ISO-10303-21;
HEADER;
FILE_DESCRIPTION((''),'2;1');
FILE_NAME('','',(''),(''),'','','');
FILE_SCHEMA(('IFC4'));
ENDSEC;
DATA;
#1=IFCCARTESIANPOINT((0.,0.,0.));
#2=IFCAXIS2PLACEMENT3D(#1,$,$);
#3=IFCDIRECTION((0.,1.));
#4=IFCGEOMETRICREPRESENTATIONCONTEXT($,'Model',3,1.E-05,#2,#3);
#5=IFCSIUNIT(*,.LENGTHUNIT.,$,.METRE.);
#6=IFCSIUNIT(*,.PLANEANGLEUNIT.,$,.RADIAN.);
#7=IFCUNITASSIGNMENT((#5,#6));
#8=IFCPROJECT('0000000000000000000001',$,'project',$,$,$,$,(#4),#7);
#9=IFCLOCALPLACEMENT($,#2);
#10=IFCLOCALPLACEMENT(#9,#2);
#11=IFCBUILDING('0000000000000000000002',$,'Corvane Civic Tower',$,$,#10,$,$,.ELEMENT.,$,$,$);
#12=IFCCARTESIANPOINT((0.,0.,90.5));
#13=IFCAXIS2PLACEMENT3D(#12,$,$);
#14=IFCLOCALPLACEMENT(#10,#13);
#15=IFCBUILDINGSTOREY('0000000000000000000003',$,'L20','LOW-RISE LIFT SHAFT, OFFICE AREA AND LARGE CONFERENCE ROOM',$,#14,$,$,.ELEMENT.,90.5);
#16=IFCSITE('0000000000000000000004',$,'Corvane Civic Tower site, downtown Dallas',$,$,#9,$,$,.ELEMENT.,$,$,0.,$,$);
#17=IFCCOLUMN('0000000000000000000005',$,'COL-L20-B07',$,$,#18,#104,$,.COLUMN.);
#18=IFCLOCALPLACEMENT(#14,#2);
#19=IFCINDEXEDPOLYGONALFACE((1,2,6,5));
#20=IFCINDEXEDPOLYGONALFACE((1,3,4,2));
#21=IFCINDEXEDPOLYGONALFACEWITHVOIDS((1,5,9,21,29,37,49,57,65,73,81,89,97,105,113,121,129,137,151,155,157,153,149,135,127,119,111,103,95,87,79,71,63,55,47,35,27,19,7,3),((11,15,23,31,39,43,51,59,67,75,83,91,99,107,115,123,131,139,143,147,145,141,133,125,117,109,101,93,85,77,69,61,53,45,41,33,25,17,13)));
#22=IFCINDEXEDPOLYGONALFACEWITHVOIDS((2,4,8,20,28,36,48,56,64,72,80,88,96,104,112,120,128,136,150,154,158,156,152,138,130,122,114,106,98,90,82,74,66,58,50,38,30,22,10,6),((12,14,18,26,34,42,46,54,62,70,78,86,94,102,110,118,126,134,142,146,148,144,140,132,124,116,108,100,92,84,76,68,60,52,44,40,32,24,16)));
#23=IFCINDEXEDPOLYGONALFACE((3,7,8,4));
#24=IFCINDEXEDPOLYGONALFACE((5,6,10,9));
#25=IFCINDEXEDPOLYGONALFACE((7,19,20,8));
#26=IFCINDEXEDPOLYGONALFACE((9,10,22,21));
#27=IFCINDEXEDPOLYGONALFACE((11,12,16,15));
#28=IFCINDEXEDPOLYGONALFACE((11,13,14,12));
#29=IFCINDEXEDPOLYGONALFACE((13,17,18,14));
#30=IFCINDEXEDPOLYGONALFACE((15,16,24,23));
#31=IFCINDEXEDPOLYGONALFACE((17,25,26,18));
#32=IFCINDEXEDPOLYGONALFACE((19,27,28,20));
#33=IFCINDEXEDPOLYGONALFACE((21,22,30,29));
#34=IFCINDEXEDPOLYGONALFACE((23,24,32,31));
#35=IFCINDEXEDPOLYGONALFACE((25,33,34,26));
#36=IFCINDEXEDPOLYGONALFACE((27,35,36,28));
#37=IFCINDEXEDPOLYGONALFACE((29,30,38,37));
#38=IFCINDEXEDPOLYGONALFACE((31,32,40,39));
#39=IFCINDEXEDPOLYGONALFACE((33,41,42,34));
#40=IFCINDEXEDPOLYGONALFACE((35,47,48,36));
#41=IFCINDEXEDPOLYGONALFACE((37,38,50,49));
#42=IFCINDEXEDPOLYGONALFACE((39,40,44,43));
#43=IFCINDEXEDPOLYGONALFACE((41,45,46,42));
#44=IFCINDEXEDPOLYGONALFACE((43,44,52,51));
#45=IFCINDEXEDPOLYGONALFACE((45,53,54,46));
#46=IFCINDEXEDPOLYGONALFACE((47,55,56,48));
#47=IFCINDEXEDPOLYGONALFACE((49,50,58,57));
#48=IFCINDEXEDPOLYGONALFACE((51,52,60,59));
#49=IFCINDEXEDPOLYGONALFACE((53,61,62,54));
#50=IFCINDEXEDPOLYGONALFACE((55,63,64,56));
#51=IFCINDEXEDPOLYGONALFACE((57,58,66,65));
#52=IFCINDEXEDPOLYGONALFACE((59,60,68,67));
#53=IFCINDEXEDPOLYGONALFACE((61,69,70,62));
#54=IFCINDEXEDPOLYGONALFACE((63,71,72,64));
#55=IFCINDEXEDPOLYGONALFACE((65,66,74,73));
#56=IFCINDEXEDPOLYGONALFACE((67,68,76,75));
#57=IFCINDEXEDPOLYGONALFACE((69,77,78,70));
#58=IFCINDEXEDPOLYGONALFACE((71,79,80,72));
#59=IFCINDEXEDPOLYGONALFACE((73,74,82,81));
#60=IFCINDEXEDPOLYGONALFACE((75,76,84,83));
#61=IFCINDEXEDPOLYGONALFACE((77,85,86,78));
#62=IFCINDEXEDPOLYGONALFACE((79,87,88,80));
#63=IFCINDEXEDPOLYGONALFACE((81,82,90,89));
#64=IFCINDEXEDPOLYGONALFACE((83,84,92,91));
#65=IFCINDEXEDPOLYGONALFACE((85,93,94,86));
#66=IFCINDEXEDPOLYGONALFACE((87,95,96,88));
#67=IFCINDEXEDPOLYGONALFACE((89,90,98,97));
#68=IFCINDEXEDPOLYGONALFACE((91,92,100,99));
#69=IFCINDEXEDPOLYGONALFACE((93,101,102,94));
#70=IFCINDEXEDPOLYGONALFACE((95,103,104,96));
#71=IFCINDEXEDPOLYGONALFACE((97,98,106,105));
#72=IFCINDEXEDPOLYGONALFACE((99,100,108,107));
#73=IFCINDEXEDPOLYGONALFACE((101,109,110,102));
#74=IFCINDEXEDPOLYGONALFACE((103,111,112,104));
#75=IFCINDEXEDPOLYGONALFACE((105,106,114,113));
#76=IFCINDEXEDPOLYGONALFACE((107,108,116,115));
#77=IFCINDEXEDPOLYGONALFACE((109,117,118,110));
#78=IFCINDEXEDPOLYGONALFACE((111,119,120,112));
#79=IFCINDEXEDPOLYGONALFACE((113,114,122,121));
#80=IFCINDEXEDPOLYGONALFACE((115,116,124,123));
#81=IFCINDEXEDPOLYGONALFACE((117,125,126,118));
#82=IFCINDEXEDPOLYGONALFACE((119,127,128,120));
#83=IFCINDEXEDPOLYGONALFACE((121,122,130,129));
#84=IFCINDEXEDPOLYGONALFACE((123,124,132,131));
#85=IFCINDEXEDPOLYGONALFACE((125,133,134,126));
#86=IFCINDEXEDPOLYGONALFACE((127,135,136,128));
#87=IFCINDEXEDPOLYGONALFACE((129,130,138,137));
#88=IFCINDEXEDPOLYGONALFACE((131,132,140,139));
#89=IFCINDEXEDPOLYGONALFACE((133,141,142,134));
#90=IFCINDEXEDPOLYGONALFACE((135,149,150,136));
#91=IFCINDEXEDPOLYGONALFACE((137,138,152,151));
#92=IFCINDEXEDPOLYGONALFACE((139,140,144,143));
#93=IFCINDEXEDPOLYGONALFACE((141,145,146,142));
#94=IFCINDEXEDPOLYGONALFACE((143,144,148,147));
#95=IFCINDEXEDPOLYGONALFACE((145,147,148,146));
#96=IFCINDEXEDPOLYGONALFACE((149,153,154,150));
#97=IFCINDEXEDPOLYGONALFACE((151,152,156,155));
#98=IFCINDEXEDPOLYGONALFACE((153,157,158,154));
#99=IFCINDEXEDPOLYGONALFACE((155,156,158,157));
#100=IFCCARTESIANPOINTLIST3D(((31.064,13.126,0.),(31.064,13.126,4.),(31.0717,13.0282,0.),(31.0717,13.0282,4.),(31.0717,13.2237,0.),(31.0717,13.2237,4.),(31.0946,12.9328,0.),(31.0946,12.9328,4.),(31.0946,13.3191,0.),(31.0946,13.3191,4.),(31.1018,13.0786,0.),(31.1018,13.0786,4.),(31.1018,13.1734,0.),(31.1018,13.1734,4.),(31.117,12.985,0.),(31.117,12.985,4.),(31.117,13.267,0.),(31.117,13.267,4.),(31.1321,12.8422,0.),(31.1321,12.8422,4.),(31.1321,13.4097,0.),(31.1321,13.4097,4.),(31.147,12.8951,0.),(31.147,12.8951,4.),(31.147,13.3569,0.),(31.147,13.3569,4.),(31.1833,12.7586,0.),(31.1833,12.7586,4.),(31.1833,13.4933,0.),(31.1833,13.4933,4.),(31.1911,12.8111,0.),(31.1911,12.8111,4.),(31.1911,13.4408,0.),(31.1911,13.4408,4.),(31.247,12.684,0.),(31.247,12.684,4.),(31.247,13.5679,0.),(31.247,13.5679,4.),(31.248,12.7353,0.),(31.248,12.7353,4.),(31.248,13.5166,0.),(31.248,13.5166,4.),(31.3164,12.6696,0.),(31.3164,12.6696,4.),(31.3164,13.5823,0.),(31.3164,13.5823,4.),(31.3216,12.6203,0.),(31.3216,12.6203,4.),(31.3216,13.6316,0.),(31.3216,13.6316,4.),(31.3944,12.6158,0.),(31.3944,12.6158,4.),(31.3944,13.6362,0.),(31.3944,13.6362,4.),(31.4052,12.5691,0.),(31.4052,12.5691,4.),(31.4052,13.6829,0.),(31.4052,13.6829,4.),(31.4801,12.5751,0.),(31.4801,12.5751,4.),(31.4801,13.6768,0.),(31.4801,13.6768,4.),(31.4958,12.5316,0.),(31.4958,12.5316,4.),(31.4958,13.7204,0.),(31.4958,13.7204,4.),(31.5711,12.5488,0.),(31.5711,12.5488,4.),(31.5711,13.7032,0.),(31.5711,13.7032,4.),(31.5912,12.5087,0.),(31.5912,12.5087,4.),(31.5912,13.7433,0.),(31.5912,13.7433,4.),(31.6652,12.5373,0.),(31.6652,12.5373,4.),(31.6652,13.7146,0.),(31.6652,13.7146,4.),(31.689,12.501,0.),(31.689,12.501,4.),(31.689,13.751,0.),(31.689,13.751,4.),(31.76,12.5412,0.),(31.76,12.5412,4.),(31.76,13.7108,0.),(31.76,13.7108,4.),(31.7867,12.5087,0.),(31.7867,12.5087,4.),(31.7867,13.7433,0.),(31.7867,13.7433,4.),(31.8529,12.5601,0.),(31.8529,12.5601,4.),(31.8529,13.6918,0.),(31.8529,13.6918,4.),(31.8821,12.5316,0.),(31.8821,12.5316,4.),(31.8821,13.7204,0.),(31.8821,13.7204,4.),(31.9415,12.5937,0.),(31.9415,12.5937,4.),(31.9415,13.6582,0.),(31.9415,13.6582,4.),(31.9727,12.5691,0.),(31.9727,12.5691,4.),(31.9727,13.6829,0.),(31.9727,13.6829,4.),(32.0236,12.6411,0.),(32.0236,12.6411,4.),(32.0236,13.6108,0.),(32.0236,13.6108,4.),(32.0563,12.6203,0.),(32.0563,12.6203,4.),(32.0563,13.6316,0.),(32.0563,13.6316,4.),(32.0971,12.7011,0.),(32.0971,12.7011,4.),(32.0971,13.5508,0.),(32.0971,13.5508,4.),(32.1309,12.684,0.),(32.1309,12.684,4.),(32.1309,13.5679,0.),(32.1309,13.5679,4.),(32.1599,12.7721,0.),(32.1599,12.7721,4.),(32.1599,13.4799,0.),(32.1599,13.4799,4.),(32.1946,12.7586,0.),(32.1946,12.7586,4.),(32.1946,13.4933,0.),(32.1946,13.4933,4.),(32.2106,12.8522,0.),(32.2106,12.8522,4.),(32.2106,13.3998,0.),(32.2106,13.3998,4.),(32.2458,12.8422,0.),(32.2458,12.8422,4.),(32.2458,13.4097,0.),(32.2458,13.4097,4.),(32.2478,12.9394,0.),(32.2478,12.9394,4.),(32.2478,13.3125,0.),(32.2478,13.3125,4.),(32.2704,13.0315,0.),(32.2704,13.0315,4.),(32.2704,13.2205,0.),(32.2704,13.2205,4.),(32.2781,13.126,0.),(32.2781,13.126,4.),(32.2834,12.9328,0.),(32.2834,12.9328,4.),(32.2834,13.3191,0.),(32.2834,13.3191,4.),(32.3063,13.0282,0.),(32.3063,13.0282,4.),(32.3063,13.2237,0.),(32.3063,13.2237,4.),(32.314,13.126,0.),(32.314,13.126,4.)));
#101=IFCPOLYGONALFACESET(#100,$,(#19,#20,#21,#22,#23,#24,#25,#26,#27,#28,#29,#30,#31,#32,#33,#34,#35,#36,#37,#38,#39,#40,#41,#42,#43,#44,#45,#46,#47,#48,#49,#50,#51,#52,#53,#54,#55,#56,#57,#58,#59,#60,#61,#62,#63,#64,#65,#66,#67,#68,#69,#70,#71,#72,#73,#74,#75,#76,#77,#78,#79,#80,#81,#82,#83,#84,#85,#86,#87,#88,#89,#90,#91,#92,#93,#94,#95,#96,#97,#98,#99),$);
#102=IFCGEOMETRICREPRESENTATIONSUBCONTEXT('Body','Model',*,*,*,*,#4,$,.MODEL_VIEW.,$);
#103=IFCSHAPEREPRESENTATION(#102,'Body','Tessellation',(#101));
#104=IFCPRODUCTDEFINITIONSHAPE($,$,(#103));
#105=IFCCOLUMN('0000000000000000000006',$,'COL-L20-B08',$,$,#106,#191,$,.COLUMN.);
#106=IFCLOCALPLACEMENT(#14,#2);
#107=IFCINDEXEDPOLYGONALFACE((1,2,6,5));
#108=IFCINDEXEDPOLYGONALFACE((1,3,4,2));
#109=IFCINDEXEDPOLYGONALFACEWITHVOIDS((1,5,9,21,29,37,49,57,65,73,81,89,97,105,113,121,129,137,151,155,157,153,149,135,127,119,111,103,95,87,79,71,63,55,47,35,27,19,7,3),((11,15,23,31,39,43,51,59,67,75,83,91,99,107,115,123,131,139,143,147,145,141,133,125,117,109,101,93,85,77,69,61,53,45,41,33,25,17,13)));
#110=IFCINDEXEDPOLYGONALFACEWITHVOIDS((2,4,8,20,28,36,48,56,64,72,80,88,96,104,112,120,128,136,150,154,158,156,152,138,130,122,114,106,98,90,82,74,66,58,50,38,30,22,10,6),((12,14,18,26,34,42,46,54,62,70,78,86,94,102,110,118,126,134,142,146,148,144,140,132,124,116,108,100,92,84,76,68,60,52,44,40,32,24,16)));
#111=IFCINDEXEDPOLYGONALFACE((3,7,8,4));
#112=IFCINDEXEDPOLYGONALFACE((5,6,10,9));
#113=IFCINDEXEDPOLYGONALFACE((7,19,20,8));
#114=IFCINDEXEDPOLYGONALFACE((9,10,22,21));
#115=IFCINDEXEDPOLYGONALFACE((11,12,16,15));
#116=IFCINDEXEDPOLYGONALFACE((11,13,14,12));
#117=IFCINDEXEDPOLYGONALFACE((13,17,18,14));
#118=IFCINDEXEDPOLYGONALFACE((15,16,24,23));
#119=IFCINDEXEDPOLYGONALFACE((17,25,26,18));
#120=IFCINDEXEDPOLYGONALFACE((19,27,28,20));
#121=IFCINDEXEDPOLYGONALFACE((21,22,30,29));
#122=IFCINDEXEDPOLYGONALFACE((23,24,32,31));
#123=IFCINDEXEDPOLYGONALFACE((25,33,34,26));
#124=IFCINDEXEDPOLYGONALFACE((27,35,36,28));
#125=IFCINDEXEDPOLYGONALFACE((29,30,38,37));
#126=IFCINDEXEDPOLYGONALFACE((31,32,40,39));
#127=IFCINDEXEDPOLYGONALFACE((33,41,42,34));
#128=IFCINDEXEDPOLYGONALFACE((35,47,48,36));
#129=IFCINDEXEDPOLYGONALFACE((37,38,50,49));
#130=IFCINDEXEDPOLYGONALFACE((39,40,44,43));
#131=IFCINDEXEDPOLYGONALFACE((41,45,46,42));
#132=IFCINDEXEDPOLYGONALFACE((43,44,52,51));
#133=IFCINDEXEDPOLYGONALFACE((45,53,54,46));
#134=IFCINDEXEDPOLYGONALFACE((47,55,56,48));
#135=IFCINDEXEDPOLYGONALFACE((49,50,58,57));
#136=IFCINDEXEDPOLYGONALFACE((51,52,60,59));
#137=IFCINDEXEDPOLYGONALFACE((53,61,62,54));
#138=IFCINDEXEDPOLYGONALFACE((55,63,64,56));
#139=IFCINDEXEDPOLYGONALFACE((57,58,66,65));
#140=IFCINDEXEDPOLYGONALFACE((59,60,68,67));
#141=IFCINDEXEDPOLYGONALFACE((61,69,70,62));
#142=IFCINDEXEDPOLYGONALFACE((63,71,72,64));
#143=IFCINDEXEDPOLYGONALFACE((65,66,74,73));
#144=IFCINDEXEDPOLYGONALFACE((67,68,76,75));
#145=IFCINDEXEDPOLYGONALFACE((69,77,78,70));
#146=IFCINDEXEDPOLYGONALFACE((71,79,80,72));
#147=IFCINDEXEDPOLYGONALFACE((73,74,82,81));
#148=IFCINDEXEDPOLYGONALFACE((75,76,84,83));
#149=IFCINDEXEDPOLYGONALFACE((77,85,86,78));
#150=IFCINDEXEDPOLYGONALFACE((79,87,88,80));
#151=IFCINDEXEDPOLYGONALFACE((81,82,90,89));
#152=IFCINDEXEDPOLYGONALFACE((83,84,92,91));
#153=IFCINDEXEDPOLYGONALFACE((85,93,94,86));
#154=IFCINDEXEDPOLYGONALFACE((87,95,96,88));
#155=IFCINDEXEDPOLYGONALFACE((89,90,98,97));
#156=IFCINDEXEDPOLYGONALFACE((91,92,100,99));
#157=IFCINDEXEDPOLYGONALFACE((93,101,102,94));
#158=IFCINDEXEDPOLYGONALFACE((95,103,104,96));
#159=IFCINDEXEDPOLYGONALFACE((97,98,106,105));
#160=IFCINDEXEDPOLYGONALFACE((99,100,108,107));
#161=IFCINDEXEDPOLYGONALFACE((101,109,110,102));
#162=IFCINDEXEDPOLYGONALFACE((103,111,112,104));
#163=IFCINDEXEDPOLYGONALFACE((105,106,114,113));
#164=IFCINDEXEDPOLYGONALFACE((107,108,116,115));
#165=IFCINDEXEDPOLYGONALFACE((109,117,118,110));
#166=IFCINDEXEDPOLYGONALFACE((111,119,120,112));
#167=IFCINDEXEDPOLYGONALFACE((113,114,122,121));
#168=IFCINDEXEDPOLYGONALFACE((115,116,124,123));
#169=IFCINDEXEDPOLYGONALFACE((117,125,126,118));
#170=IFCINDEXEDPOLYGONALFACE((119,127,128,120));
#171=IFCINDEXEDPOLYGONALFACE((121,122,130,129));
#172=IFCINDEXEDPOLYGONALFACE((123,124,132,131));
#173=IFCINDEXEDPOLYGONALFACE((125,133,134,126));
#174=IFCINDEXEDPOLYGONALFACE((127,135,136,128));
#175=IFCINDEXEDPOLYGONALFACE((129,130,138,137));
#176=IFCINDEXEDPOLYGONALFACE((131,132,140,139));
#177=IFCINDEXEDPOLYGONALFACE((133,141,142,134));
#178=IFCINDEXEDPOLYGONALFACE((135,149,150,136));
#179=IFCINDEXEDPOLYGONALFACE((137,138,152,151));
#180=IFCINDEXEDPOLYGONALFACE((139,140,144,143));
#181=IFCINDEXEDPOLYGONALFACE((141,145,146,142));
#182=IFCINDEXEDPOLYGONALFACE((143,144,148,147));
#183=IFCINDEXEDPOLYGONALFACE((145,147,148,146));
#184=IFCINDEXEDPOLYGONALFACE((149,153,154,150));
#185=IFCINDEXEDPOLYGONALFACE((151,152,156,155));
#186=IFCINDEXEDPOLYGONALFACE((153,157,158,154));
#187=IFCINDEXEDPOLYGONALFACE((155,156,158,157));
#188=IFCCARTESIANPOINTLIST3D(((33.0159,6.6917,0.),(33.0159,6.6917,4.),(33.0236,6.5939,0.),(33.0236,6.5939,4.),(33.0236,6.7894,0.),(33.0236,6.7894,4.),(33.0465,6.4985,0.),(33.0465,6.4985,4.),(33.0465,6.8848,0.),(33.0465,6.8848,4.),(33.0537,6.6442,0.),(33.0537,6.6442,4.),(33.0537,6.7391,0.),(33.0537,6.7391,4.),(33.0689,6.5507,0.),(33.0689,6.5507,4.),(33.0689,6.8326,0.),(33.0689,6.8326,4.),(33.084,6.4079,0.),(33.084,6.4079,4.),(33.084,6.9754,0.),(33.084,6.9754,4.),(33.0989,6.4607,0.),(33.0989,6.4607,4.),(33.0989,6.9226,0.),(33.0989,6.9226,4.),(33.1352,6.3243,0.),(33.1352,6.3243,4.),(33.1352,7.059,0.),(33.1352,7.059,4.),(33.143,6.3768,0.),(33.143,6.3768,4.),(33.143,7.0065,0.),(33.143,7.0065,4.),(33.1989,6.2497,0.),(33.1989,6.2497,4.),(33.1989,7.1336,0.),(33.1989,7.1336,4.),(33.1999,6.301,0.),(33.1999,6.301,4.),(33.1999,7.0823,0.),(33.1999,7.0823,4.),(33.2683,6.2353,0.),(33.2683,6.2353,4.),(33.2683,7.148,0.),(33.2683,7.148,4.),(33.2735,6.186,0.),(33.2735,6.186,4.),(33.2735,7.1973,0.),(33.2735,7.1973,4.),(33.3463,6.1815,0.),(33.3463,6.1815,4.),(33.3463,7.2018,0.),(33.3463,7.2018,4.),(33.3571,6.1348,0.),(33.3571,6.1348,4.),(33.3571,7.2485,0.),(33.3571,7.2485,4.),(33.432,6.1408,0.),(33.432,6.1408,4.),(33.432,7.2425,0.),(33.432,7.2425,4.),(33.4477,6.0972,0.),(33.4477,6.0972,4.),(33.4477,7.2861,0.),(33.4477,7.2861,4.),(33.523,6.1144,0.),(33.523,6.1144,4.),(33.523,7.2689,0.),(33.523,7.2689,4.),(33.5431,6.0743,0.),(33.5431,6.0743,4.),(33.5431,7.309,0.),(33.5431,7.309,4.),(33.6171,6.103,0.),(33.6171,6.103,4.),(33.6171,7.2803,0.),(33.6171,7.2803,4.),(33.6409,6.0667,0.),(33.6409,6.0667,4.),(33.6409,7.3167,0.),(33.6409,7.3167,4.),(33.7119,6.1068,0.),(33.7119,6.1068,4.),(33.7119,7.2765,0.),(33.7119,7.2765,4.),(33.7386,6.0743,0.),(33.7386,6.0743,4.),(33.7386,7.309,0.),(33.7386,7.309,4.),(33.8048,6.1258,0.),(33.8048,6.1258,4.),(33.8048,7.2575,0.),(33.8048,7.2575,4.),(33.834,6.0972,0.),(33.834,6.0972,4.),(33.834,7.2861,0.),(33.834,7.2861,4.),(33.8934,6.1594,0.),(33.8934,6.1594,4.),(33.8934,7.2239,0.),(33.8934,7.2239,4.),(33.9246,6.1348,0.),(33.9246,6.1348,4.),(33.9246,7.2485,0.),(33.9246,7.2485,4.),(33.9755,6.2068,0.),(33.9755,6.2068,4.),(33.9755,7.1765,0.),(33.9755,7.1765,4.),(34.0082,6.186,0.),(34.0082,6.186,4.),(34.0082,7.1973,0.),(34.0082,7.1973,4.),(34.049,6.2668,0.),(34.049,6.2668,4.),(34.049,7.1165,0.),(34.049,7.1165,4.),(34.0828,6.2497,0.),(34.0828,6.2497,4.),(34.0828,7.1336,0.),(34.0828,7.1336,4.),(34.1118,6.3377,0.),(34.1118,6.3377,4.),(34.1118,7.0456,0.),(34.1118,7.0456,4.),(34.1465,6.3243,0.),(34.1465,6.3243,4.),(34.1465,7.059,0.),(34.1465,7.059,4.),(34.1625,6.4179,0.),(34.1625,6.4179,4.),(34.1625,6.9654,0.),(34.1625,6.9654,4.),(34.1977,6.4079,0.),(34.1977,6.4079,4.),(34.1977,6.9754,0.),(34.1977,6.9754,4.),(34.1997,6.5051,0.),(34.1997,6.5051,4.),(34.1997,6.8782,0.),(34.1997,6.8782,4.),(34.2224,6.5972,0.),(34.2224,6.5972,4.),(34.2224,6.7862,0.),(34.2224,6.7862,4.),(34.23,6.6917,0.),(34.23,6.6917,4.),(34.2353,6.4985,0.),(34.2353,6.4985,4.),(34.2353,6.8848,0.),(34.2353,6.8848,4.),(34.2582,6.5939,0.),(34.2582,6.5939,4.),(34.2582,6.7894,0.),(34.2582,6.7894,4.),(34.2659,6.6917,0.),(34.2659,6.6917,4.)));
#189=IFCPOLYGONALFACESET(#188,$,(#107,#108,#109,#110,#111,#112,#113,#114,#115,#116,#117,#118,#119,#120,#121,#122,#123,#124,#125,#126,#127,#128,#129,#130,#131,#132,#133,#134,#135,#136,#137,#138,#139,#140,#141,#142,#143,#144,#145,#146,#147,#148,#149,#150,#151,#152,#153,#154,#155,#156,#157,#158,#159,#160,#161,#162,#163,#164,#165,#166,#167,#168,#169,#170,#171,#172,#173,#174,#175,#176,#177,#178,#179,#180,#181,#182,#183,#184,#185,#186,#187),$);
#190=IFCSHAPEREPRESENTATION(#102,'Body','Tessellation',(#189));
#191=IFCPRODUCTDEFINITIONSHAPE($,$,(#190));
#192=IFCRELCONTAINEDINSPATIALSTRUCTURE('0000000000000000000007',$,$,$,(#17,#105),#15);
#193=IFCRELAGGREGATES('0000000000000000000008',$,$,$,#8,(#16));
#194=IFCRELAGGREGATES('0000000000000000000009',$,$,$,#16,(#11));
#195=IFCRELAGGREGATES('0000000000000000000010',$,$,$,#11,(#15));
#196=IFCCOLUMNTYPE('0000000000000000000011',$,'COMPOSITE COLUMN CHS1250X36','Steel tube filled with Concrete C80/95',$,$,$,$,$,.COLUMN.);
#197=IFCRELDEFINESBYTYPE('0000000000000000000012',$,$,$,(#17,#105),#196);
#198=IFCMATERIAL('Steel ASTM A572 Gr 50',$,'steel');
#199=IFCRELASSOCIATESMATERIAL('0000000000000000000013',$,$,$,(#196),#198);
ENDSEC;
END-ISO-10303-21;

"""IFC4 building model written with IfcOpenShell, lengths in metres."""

from ifc_helpers import new_model, si_unit, direction, frame, origin, origin_2d, place, context, subcontext, project, spatial, hollow_circle, extrude, material, material_profile, profile_set, type_object, element, save


model = new_model("IFC4")

# Units and contexts
model_context = context("Model", 3, precision=1e-05, world=origin(), true_north=direction((0.0, 1.0)))
body_context = subcontext(model_context, "Body", "Model", "MODEL_VIEW")
ifc_project = project(units=[si_unit("LENGTHUNIT", "METRE"), si_unit("PLANEANGLEUNIT", "RADIAN")], contexts=[model_context])

# Site, building, storey
site_placement = place(None, origin())
site = spatial("IfcSite", under=ifc_project, at=site_placement, Name="Corvane Civic Tower site, downtown Dallas", CompositionType="ELEMENT", RefElevation=0.0)
building_placement = place(site_placement, origin())
building = spatial("IfcBuilding", under=site, at=building_placement, Name="Corvane Civic Tower", CompositionType="ELEMENT")
storey_placement = place(building_placement, frame((0.0, 0.0, 90.5)))
storey = spatial("IfcBuildingStorey", under=building, at=storey_placement, Name="L20", Description="LOW-RISE LIFT SHAFT, OFFICE AREA AND LARGE CONFERENCE ROOM", CompositionType="ELEMENT", Elevation=90.5)

# Columns
ifc_material_1 = material(Name="Steel ASTM A572 Gr 50", Category="steel")
ifc_material_profile_1 = material_profile(ifc_material_1, hollow_circle(Radius=0.625, WallThickness=0.0359, at=origin_2d()), Name="CHS1250X36")
ifc_profile_set_1 = profile_set([ifc_material_profile_1], Name="Steel ASTM A572 Gr 50")
column_type = type_object("IfcColumnType", Name="COMPOSITE COLUMN CHS1250X36", Description="Steel tube filled with Concrete C80/95", PredefinedType="COLUMN", material=ifc_profile_set_1)
for number, where, z_axis, x_axis, name in (
    (1, (31.689, 13.126, 0.0), (0.0, 0.0, 1.0), (1.0, 0.0, 0.0), "COL-L20-B07"),
    (2, (33.6409, 6.6917, 0.0), (0.0, 0.0, 1.0), (1.0, 0.0, 0.0), "COL-L20-B08"),
):
    element("IfcColumn", number, at=place(storey_placement, frame(where, z_axis=z_axis, x_axis=x_axis)), inside=storey, type_object=column_type, Name=name, PredefinedType="COLUMN", context=body_context, shape_type="SweptSolid", body=[
        extrude(hollow_circle(Radius=0.625, WallThickness=0.0359, at=origin_2d()), origin(), (0.0, 0.0, 1.0), 4.0),
    ])

save(model, "model.ifc")
